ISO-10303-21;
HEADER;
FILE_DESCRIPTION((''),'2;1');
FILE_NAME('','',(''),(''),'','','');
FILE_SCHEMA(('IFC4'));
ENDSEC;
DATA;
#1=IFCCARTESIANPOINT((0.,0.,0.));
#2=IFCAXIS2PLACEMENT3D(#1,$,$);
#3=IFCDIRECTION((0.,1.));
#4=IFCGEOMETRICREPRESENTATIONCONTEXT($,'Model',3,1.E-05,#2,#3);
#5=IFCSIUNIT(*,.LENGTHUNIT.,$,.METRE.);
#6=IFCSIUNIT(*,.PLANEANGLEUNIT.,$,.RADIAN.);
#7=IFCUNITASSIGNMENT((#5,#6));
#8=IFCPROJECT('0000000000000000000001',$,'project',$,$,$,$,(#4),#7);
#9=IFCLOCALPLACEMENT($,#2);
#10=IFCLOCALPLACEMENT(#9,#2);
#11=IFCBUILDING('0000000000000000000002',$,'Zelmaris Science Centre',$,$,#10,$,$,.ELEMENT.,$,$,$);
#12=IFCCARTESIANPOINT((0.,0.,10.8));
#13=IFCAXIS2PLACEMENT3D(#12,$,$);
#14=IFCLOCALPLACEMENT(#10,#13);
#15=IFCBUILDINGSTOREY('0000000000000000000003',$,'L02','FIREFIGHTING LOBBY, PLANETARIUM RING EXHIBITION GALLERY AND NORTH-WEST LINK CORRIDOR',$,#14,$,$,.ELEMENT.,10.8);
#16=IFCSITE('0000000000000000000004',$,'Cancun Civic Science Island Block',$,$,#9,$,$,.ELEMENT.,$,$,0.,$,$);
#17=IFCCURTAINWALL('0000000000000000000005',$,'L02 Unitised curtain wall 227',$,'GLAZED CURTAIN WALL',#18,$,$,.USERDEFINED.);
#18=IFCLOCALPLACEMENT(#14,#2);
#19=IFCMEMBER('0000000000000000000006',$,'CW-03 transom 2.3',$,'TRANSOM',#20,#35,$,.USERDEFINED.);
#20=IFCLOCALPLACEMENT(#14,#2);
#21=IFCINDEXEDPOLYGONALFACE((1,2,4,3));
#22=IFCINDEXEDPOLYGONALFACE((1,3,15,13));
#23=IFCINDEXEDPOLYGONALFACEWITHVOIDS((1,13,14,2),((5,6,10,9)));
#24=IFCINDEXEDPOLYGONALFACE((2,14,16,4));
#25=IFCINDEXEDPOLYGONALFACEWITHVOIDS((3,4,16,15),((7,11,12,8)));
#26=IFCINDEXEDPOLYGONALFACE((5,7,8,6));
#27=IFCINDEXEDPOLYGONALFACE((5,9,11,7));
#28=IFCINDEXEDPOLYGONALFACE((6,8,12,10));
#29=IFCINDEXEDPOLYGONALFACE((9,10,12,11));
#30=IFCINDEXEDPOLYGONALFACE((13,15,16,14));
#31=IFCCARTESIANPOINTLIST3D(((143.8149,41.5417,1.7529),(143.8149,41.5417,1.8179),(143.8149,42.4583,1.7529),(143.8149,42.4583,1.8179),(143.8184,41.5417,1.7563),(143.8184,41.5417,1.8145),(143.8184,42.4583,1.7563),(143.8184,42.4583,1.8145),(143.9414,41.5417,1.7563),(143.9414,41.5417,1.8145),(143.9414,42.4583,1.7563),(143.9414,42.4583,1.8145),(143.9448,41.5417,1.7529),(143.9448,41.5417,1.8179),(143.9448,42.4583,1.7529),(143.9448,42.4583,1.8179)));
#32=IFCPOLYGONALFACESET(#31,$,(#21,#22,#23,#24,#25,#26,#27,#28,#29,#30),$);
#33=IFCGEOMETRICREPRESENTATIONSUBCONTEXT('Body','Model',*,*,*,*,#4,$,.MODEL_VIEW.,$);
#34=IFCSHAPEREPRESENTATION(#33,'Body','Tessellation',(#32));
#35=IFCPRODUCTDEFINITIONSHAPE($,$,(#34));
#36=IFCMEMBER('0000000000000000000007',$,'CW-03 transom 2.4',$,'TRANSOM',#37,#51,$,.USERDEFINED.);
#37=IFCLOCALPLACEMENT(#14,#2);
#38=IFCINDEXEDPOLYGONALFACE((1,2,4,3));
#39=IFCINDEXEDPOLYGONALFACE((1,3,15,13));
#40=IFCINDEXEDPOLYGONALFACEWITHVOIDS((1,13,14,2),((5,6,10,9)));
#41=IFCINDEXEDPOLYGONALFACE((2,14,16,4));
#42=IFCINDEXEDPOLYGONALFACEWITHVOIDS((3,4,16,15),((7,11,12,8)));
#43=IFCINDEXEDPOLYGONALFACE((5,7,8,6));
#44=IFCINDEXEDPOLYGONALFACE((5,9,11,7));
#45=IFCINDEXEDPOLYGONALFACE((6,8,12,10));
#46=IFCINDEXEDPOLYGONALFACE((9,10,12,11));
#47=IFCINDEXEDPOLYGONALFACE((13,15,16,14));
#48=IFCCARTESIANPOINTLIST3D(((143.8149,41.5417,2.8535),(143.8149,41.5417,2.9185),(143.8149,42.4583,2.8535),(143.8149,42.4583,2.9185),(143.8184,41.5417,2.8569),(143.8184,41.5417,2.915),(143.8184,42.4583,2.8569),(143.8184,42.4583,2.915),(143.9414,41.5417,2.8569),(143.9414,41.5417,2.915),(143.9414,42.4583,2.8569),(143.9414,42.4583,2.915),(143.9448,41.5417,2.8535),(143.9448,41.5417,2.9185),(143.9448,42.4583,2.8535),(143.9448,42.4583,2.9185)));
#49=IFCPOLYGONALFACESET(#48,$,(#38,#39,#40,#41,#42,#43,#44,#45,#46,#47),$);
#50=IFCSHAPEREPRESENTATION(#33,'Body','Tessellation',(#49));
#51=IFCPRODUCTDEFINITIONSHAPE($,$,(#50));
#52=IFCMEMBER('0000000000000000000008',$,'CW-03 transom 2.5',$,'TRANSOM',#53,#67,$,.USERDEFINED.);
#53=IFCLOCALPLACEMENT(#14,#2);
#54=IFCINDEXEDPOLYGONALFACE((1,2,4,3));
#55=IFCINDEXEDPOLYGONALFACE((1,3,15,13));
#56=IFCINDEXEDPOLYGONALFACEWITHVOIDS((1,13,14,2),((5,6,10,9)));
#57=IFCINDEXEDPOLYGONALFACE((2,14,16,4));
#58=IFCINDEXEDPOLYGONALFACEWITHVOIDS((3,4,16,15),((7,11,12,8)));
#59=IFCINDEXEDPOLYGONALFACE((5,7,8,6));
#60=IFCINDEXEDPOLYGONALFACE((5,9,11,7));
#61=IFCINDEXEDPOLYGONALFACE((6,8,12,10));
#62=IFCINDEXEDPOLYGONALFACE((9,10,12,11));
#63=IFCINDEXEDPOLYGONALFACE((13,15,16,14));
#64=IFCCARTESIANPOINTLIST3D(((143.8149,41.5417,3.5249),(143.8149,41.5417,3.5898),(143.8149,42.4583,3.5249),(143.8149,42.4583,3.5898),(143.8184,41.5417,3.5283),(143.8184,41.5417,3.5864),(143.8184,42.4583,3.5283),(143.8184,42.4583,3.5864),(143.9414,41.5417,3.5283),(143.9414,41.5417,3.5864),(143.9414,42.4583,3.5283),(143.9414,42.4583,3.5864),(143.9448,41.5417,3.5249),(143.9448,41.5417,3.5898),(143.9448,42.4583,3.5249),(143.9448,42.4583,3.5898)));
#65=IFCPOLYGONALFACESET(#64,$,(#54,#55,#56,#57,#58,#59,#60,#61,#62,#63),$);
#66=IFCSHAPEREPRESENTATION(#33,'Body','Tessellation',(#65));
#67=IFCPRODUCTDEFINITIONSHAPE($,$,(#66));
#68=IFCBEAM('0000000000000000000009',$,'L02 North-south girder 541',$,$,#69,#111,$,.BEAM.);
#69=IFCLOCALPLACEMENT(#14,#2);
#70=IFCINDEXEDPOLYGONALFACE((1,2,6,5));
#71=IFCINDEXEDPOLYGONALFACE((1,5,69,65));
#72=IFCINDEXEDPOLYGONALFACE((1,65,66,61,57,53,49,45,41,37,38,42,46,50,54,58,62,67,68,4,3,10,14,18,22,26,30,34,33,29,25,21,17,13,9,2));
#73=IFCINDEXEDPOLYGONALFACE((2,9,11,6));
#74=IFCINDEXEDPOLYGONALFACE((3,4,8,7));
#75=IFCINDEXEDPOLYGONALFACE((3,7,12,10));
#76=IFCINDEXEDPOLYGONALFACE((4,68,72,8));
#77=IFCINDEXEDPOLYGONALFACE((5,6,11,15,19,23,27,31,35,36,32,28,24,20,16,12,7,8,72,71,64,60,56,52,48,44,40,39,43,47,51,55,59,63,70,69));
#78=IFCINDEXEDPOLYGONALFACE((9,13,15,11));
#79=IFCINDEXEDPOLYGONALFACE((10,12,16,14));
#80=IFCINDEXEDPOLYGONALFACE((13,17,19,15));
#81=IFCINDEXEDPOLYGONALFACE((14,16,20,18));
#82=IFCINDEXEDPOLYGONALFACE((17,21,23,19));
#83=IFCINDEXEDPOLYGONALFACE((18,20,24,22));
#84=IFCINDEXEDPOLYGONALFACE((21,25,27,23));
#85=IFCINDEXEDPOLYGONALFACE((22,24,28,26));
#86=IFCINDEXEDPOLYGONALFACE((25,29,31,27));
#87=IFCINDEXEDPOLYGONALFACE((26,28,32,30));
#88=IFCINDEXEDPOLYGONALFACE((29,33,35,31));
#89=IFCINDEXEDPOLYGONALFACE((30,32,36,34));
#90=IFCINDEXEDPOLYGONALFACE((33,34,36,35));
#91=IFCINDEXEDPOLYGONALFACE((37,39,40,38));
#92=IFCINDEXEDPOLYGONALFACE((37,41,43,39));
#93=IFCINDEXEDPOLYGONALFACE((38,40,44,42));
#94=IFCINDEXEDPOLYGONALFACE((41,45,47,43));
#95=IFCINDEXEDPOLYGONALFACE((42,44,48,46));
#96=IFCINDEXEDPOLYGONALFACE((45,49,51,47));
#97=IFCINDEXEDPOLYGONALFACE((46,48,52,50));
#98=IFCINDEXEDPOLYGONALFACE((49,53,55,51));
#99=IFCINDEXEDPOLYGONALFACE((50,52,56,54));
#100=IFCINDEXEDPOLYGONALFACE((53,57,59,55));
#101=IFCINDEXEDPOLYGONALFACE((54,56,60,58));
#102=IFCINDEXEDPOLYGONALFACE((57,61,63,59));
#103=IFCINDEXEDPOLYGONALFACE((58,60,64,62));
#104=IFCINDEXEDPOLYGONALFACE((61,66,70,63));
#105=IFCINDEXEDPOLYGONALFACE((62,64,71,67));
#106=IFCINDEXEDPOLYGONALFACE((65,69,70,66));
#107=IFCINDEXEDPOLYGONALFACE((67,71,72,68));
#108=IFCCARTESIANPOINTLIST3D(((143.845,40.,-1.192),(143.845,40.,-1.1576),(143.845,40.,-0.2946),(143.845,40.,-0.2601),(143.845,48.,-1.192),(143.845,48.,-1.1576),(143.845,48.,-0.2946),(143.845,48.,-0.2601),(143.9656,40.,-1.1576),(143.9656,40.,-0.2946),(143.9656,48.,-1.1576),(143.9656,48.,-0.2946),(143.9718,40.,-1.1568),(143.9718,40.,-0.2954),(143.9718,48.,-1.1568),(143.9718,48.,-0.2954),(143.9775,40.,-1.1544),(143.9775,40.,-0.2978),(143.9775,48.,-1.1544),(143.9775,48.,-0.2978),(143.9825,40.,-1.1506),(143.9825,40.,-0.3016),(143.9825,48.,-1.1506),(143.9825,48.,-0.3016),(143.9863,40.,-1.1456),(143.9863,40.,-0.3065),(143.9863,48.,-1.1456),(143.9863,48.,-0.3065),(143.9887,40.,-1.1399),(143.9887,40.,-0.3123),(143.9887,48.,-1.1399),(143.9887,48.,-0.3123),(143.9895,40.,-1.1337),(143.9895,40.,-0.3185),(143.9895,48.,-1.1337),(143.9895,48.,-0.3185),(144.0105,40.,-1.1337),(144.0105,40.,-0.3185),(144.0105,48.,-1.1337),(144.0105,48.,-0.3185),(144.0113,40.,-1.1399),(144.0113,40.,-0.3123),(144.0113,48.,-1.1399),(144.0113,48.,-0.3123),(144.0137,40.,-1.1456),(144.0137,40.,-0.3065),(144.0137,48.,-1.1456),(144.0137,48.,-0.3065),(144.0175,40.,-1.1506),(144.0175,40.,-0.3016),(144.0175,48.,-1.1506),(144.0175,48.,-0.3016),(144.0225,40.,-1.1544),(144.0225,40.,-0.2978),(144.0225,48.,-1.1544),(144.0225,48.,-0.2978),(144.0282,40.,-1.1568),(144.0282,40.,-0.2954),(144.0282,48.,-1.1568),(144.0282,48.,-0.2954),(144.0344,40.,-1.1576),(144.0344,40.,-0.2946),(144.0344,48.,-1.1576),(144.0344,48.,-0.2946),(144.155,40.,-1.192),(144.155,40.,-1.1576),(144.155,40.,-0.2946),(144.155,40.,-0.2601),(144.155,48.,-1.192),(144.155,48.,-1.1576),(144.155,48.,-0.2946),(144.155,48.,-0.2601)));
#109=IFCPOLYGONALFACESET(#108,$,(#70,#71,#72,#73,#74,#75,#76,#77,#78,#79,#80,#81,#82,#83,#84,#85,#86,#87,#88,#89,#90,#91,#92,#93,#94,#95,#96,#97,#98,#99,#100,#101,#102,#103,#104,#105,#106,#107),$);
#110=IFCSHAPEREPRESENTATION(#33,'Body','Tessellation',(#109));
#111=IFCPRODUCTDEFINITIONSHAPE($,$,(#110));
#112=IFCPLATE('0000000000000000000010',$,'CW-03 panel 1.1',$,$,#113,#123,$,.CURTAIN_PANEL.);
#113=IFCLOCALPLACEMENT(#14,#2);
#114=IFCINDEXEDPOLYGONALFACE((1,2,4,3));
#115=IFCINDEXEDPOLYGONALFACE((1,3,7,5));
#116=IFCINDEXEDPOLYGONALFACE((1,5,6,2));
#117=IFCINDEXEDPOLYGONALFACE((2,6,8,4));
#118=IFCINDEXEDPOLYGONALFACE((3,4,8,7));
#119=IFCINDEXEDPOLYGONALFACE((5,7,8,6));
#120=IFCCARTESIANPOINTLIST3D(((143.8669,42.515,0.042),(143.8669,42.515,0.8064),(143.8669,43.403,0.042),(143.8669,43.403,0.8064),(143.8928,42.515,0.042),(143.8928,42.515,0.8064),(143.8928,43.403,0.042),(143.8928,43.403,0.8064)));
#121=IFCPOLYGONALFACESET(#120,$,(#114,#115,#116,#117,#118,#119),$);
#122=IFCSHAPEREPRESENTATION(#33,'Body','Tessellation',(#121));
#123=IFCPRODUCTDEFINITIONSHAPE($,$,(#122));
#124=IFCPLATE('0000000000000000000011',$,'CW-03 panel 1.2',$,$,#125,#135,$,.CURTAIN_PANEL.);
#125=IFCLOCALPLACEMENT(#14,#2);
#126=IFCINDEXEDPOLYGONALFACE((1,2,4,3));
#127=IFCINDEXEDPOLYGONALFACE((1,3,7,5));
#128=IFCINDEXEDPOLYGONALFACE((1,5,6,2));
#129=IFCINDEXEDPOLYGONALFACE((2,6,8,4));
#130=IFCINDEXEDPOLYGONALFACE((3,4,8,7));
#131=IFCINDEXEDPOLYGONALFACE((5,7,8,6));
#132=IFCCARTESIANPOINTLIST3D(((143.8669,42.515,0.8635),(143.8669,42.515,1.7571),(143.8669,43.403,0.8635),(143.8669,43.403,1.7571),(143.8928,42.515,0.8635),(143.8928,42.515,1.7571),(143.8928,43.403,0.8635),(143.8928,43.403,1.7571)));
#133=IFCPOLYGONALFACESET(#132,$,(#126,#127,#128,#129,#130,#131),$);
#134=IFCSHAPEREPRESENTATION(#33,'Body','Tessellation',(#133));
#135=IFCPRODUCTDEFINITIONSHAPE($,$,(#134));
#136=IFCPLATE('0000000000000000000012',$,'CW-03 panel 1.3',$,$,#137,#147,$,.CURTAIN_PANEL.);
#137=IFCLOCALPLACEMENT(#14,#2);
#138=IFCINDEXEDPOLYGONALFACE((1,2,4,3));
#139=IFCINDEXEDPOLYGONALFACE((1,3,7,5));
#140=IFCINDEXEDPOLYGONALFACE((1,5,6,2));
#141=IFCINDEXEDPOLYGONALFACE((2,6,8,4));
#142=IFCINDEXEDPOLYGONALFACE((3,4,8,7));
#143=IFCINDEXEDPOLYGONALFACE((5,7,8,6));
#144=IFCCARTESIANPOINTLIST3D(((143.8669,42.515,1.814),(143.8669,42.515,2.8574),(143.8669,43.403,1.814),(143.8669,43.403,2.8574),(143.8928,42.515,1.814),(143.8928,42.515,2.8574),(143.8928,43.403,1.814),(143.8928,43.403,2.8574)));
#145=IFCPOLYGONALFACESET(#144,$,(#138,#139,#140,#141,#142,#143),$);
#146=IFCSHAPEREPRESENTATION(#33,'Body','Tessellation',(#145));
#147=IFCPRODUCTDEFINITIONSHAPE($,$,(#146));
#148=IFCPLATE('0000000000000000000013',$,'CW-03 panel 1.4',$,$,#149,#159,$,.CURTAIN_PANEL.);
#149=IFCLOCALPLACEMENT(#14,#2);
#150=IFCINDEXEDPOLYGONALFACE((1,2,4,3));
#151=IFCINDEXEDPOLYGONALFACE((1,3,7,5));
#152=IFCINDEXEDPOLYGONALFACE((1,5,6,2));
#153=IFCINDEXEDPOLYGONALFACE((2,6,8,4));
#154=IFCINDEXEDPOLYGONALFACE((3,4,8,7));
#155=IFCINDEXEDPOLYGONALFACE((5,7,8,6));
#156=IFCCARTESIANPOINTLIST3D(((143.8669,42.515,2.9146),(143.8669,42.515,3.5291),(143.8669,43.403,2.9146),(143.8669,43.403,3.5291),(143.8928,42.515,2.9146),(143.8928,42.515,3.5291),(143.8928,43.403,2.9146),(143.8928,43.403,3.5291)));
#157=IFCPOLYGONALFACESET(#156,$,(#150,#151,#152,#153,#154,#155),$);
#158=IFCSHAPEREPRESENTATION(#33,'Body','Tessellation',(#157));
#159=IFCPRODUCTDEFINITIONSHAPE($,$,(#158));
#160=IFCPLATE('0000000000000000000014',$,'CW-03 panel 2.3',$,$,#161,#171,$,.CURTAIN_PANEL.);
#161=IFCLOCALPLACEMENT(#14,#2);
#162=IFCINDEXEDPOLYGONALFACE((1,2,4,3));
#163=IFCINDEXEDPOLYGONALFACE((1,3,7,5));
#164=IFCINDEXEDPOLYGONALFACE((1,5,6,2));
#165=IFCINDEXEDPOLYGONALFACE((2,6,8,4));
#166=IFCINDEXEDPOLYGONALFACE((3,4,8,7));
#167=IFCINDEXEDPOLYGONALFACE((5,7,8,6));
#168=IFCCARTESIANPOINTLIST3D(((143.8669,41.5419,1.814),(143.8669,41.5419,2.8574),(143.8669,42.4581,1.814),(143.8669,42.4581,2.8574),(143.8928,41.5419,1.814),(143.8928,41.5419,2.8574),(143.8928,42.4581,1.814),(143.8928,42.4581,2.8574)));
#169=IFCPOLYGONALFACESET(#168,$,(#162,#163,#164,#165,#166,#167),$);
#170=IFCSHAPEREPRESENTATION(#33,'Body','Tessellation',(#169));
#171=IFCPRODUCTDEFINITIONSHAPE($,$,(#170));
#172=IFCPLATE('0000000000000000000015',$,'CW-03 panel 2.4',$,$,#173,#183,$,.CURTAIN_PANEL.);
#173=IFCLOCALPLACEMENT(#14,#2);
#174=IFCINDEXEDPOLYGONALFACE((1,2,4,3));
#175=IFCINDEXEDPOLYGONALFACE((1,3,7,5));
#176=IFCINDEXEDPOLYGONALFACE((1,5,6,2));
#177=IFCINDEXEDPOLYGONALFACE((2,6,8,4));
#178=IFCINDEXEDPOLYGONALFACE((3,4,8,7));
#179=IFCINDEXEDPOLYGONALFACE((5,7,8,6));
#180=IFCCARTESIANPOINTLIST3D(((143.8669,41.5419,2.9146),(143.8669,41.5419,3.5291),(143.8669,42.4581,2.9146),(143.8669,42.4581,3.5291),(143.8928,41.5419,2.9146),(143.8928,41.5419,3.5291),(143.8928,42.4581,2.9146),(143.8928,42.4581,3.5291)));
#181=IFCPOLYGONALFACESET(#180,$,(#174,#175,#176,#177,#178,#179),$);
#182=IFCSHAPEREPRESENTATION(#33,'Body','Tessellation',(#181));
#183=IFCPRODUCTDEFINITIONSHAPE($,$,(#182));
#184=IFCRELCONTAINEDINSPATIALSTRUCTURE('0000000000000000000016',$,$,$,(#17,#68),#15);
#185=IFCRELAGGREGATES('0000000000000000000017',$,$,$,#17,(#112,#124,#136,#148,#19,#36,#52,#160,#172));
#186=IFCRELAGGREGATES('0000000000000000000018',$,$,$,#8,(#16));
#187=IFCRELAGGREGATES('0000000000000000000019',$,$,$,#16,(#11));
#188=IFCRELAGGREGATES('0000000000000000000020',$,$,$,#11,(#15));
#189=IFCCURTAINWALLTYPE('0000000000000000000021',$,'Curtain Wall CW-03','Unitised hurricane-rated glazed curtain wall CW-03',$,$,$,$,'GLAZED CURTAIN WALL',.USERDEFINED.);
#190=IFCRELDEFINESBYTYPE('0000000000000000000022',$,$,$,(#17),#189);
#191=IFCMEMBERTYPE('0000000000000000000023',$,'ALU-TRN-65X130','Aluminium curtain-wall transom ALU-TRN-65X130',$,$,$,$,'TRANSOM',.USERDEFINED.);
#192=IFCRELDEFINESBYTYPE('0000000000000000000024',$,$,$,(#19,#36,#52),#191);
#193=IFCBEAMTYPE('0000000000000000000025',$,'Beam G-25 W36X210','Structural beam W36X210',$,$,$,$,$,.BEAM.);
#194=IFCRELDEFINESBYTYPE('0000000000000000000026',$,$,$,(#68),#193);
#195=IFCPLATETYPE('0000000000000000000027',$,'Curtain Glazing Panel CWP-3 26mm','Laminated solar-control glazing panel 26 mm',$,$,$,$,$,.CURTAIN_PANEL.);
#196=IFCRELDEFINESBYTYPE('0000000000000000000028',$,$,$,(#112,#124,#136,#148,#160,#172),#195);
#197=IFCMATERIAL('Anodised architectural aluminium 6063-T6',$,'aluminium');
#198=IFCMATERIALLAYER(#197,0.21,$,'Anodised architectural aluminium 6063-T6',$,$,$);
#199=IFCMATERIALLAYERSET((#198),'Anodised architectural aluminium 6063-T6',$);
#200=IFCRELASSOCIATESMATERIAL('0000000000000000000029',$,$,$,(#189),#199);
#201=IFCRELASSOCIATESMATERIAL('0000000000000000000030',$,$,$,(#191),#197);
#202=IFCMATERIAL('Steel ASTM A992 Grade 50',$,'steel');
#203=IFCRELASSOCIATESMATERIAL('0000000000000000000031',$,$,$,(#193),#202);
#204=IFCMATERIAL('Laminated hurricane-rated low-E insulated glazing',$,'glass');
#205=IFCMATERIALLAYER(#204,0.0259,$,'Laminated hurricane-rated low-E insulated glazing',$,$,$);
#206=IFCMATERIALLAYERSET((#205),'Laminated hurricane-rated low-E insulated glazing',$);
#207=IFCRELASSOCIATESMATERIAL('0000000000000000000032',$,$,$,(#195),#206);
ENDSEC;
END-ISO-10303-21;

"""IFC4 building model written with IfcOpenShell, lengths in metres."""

from ifc_helpers import new_model, si_unit, direction, frame, origin, origin_2d, place, context, subcontext, project, spatial, rectangle, hollow_rectangle, i_section, extrude, material, layer, layer_set, material_profile, profile_set, type_object, element, aggregate, save


model = new_model("IFC4")

# Units and contexts
model_context = context("Model", 3, precision=1e-05, world=origin(), true_north=direction((0.0, 1.0)))
body_context = subcontext(model_context, "Body", "Model", "MODEL_VIEW")
ifc_project = project(units=[si_unit("LENGTHUNIT", "METRE"), si_unit("PLANEANGLEUNIT", "RADIAN")], contexts=[model_context])

# Site, building, storey
site_placement = place(None, origin())
site = spatial("IfcSite", under=ifc_project, at=site_placement, Name="Cancun Civic Science Island Block", CompositionType="ELEMENT", RefElevation=0.0)
building_placement = place(site_placement, origin())
building = spatial("IfcBuilding", under=site, at=building_placement, Name="Zelmaris Science Centre", CompositionType="ELEMENT")
storey_placement = place(building_placement, frame((0.0, 0.0, 10.8)))
storey = spatial("IfcBuildingStorey", under=building, at=storey_placement, Name="L02", Description="FIREFIGHTING LOBBY, PLANETARIUM RING EXHIBITION GALLERY AND NORTH-WEST LINK CORRIDOR", CompositionType="ELEMENT", Elevation=10.8)

# Shared definitions
ifc_material_1 = material(Name="Steel ASTM A992 Grade 50", Category="steel")

# Curtain wall, members
ifc_material_2 = material(Name="Anodised architectural aluminium 6063-T6", Category="aluminium")
ifc_layer_1 = layer(ifc_material_2, 0.21, Name="Anodised architectural aluminium 6063-T6")
ifc_layer_set_1 = layer_set([ifc_layer_1], Name="Anodised architectural aluminium 6063-T6")
curtain_wall_type = type_object("IfcCurtainWallType", Name="Curtain Wall CW-03", Description="Unitised hurricane-rated glazed curtain wall CW-03", ElementType="GLAZED CURTAIN WALL", PredefinedType="USERDEFINED", material=ifc_layer_set_1)
curtain_wall_placement = place(storey_placement, origin())
curtain_wall = element("IfcCurtainWall", 1, at=curtain_wall_placement, inside=storey, type_object=curtain_wall_type, Name="L02 Unitised curtain wall 227", ObjectType="GLAZED CURTAIN WALL", PredefinedType="USERDEFINED")
ifc_material_profile_1 = material_profile(ifc_material_2, hollow_rectangle(XDim=0.0649, YDim=0.1299, WallThickness=0.0034, at=origin_2d()), Name="ALU-TRN-65X130")
ifc_profile_set_1 = profile_set([ifc_material_profile_1], Name="Anodised architectural aluminium 6063-T6")
member_type_1 = type_object("IfcMemberType", Name="ALU-TRN-65X130", Description="Aluminium curtain-wall transom ALU-TRN-65X130", ElementType="TRANSOM", PredefinedType="USERDEFINED", material=ifc_profile_set_1)
member_1_placement = place(storey_placement, frame((143.8799, 42.4583, 1.7854), z_axis=(0.0, -1.0, 0.0), x_axis=(0.0, 0.0, 1.0)))
member_1 = element("IfcMember", 2, at=member_1_placement, type_object=member_type_1, Name="CW-03 transom 2.3", ObjectType="TRANSOM", PredefinedType="USERDEFINED", context=body_context, shape_type="SweptSolid", body=[
    extrude(hollow_rectangle(XDim=0.0649, YDim=0.1299, WallThickness=0.0034, at=origin_2d()), origin(), (0.0, 0.0, 1.0), 0.9165),
])
member_2_placement = place(storey_placement, frame((143.8799, 42.4583, 2.886), z_axis=(0.0, -1.0, 0.0), x_axis=(0.0, 0.0, 1.0)))
member_2 = element("IfcMember", 3, at=member_2_placement, type_object=member_type_1, Name="CW-03 transom 2.4", ObjectType="TRANSOM", PredefinedType="USERDEFINED", context=body_context, shape_type="SweptSolid", body=[
    extrude(hollow_rectangle(XDim=0.0649, YDim=0.1299, WallThickness=0.0034, at=origin_2d()), origin(), (0.0, 0.0, 1.0), 0.9165),
])
member_3_placement = place(storey_placement, frame((143.8799, 42.4583, 3.5574), z_axis=(0.0, -1.0, 0.0), x_axis=(0.0, 0.0, 1.0)))
member_3 = element("IfcMember", 4, at=member_3_placement, type_object=member_type_1, Name="CW-03 transom 2.5", ObjectType="TRANSOM", PredefinedType="USERDEFINED", context=body_context, shape_type="SweptSolid", body=[
    extrude(hollow_rectangle(XDim=0.0649, YDim=0.1299, WallThickness=0.0034, at=origin_2d()), origin(), (0.0, 0.0, 1.0), 0.9165),
])

# Beam
ifc_material_profile_2 = material_profile(ifc_material_1, i_section(OverallWidth=0.3101, OverallDepth=0.9319, WebThickness=0.021, FlangeThickness=0.0344, FilletRadius=0.0239, at=origin_2d()), Name="W36X210")
ifc_profile_set_2 = profile_set([ifc_material_profile_2], Name="Steel ASTM A992 Grade 50")
beam_type = type_object("IfcBeamType", Name="Beam G-25 W36X210", Description="Structural beam W36X210", PredefinedType="BEAM", material=ifc_profile_set_2)
beam_placement = place(storey_placement, frame((144.0, 40.0, -0.7261), z_axis=(0.0, 1.0, 0.0), x_axis=(-1.0, 0.0, 0.0)))
element("IfcBeam", 5, at=beam_placement, inside=storey, type_object=beam_type, Name="L02 North-south girder 541", PredefinedType="BEAM", context=body_context, shape_type="SweptSolid", body=[
    extrude(i_section(OverallWidth=0.3101, OverallDepth=0.9319, WebThickness=0.021, FlangeThickness=0.0344, FilletRadius=0.0239, at=origin_2d()), origin(), (0.0, 0.0, 1.0), 8.0),
])

# Plates
ifc_material_3 = material(Name="Laminated hurricane-rated low-E insulated glazing", Category="glass")
ifc_layer_2 = layer(ifc_material_3, 0.0259, Name="Laminated hurricane-rated low-E insulated glazing")
ifc_layer_set_2 = layer_set([ifc_layer_2], Name="Laminated hurricane-rated low-E insulated glazing")
plate_type = type_object("IfcPlateType", Name="Curtain Glazing Panel CWP-3 26mm", Description="Laminated solar-control glazing panel 26 mm", PredefinedType="CURTAIN_PANEL", material=ifc_layer_set_2)
plate_1_placement = place(storey_placement, frame((143.8799, 42.959, 0.042), z_axis=(0.0, 0.0, 1.0), x_axis=(0.0, -1.0, 0.0)))
plate_1 = element("IfcPlate", 6, at=plate_1_placement, type_object=plate_type, Name="CW-03 panel 1.1", PredefinedType="CURTAIN_PANEL", context=body_context, shape_type="SweptSolid", body=[
    extrude(rectangle(XDim=0.8879, YDim=0.0259, at=origin_2d()), origin(), (0.0, 0.0, 1.0), 0.7644),
])
plate_2_placement = place(storey_placement, frame((143.8799, 42.959, 0.8635), z_axis=(0.0, 0.0, 1.0), x_axis=(0.0, -1.0, 0.0)))
plate_2 = element("IfcPlate", 7, at=plate_2_placement, type_object=plate_type, Name="CW-03 panel 1.2", PredefinedType="CURTAIN_PANEL", context=body_context, shape_type="SweptSolid", body=[
    extrude(rectangle(XDim=0.8879, YDim=0.0259, at=origin_2d()), origin(), (0.0, 0.0, 1.0), 0.8936),
])
plate_3_placement = place(storey_placement, frame((143.8799, 42.959, 1.814), z_axis=(0.0, 0.0, 1.0), x_axis=(0.0, -1.0, 0.0)))
plate_3 = element("IfcPlate", 8, at=plate_3_placement, type_object=plate_type, Name="CW-03 panel 1.3", PredefinedType="CURTAIN_PANEL", context=body_context, shape_type="SweptSolid", body=[
    extrude(rectangle(XDim=0.8879, YDim=0.0259, at=origin_2d()), origin(), (0.0, 0.0, 1.0), 1.0435),
])
plate_4_placement = place(storey_placement, frame((143.8799, 42.959, 2.9146), z_axis=(0.0, 0.0, 1.0), x_axis=(0.0, -1.0, 0.0)))
plate_4 = element("IfcPlate", 9, at=plate_4_placement, type_object=plate_type, Name="CW-03 panel 1.4", PredefinedType="CURTAIN_PANEL", context=body_context, shape_type="SweptSolid", body=[
    extrude(rectangle(XDim=0.8879, YDim=0.0259, at=origin_2d()), origin(), (0.0, 0.0, 1.0), 0.6145),
])
plate_5_placement = place(storey_placement, frame((143.8799, 42.0, 1.814), z_axis=(0.0, 0.0, 1.0), x_axis=(0.0, -1.0, 0.0)))
plate_5 = element("IfcPlate", 10, at=plate_5_placement, type_object=plate_type, Name="CW-03 panel 2.3", PredefinedType="CURTAIN_PANEL", context=body_context, shape_type="SweptSolid", body=[
    extrude(rectangle(XDim=0.9163, YDim=0.0259, at=origin_2d()), origin(), (0.0, 0.0, 1.0), 1.0435),
])
plate_6_placement = place(storey_placement, frame((143.8799, 42.0, 2.9146), z_axis=(0.0, 0.0, 1.0), x_axis=(0.0, -1.0, 0.0)))
plate_6 = element("IfcPlate", 11, at=plate_6_placement, type_object=plate_type, Name="CW-03 panel 2.4", PredefinedType="CURTAIN_PANEL", context=body_context, shape_type="SweptSolid", body=[
    extrude(rectangle(XDim=0.9163, YDim=0.0259, at=origin_2d()), origin(), (0.0, 0.0, 1.0), 0.6145),
])
aggregate(curtain_wall, [plate_1, plate_2, plate_3, plate_4, member_1, member_2, member_3, plate_5, plate_6])

save(model, "model.ifc")
